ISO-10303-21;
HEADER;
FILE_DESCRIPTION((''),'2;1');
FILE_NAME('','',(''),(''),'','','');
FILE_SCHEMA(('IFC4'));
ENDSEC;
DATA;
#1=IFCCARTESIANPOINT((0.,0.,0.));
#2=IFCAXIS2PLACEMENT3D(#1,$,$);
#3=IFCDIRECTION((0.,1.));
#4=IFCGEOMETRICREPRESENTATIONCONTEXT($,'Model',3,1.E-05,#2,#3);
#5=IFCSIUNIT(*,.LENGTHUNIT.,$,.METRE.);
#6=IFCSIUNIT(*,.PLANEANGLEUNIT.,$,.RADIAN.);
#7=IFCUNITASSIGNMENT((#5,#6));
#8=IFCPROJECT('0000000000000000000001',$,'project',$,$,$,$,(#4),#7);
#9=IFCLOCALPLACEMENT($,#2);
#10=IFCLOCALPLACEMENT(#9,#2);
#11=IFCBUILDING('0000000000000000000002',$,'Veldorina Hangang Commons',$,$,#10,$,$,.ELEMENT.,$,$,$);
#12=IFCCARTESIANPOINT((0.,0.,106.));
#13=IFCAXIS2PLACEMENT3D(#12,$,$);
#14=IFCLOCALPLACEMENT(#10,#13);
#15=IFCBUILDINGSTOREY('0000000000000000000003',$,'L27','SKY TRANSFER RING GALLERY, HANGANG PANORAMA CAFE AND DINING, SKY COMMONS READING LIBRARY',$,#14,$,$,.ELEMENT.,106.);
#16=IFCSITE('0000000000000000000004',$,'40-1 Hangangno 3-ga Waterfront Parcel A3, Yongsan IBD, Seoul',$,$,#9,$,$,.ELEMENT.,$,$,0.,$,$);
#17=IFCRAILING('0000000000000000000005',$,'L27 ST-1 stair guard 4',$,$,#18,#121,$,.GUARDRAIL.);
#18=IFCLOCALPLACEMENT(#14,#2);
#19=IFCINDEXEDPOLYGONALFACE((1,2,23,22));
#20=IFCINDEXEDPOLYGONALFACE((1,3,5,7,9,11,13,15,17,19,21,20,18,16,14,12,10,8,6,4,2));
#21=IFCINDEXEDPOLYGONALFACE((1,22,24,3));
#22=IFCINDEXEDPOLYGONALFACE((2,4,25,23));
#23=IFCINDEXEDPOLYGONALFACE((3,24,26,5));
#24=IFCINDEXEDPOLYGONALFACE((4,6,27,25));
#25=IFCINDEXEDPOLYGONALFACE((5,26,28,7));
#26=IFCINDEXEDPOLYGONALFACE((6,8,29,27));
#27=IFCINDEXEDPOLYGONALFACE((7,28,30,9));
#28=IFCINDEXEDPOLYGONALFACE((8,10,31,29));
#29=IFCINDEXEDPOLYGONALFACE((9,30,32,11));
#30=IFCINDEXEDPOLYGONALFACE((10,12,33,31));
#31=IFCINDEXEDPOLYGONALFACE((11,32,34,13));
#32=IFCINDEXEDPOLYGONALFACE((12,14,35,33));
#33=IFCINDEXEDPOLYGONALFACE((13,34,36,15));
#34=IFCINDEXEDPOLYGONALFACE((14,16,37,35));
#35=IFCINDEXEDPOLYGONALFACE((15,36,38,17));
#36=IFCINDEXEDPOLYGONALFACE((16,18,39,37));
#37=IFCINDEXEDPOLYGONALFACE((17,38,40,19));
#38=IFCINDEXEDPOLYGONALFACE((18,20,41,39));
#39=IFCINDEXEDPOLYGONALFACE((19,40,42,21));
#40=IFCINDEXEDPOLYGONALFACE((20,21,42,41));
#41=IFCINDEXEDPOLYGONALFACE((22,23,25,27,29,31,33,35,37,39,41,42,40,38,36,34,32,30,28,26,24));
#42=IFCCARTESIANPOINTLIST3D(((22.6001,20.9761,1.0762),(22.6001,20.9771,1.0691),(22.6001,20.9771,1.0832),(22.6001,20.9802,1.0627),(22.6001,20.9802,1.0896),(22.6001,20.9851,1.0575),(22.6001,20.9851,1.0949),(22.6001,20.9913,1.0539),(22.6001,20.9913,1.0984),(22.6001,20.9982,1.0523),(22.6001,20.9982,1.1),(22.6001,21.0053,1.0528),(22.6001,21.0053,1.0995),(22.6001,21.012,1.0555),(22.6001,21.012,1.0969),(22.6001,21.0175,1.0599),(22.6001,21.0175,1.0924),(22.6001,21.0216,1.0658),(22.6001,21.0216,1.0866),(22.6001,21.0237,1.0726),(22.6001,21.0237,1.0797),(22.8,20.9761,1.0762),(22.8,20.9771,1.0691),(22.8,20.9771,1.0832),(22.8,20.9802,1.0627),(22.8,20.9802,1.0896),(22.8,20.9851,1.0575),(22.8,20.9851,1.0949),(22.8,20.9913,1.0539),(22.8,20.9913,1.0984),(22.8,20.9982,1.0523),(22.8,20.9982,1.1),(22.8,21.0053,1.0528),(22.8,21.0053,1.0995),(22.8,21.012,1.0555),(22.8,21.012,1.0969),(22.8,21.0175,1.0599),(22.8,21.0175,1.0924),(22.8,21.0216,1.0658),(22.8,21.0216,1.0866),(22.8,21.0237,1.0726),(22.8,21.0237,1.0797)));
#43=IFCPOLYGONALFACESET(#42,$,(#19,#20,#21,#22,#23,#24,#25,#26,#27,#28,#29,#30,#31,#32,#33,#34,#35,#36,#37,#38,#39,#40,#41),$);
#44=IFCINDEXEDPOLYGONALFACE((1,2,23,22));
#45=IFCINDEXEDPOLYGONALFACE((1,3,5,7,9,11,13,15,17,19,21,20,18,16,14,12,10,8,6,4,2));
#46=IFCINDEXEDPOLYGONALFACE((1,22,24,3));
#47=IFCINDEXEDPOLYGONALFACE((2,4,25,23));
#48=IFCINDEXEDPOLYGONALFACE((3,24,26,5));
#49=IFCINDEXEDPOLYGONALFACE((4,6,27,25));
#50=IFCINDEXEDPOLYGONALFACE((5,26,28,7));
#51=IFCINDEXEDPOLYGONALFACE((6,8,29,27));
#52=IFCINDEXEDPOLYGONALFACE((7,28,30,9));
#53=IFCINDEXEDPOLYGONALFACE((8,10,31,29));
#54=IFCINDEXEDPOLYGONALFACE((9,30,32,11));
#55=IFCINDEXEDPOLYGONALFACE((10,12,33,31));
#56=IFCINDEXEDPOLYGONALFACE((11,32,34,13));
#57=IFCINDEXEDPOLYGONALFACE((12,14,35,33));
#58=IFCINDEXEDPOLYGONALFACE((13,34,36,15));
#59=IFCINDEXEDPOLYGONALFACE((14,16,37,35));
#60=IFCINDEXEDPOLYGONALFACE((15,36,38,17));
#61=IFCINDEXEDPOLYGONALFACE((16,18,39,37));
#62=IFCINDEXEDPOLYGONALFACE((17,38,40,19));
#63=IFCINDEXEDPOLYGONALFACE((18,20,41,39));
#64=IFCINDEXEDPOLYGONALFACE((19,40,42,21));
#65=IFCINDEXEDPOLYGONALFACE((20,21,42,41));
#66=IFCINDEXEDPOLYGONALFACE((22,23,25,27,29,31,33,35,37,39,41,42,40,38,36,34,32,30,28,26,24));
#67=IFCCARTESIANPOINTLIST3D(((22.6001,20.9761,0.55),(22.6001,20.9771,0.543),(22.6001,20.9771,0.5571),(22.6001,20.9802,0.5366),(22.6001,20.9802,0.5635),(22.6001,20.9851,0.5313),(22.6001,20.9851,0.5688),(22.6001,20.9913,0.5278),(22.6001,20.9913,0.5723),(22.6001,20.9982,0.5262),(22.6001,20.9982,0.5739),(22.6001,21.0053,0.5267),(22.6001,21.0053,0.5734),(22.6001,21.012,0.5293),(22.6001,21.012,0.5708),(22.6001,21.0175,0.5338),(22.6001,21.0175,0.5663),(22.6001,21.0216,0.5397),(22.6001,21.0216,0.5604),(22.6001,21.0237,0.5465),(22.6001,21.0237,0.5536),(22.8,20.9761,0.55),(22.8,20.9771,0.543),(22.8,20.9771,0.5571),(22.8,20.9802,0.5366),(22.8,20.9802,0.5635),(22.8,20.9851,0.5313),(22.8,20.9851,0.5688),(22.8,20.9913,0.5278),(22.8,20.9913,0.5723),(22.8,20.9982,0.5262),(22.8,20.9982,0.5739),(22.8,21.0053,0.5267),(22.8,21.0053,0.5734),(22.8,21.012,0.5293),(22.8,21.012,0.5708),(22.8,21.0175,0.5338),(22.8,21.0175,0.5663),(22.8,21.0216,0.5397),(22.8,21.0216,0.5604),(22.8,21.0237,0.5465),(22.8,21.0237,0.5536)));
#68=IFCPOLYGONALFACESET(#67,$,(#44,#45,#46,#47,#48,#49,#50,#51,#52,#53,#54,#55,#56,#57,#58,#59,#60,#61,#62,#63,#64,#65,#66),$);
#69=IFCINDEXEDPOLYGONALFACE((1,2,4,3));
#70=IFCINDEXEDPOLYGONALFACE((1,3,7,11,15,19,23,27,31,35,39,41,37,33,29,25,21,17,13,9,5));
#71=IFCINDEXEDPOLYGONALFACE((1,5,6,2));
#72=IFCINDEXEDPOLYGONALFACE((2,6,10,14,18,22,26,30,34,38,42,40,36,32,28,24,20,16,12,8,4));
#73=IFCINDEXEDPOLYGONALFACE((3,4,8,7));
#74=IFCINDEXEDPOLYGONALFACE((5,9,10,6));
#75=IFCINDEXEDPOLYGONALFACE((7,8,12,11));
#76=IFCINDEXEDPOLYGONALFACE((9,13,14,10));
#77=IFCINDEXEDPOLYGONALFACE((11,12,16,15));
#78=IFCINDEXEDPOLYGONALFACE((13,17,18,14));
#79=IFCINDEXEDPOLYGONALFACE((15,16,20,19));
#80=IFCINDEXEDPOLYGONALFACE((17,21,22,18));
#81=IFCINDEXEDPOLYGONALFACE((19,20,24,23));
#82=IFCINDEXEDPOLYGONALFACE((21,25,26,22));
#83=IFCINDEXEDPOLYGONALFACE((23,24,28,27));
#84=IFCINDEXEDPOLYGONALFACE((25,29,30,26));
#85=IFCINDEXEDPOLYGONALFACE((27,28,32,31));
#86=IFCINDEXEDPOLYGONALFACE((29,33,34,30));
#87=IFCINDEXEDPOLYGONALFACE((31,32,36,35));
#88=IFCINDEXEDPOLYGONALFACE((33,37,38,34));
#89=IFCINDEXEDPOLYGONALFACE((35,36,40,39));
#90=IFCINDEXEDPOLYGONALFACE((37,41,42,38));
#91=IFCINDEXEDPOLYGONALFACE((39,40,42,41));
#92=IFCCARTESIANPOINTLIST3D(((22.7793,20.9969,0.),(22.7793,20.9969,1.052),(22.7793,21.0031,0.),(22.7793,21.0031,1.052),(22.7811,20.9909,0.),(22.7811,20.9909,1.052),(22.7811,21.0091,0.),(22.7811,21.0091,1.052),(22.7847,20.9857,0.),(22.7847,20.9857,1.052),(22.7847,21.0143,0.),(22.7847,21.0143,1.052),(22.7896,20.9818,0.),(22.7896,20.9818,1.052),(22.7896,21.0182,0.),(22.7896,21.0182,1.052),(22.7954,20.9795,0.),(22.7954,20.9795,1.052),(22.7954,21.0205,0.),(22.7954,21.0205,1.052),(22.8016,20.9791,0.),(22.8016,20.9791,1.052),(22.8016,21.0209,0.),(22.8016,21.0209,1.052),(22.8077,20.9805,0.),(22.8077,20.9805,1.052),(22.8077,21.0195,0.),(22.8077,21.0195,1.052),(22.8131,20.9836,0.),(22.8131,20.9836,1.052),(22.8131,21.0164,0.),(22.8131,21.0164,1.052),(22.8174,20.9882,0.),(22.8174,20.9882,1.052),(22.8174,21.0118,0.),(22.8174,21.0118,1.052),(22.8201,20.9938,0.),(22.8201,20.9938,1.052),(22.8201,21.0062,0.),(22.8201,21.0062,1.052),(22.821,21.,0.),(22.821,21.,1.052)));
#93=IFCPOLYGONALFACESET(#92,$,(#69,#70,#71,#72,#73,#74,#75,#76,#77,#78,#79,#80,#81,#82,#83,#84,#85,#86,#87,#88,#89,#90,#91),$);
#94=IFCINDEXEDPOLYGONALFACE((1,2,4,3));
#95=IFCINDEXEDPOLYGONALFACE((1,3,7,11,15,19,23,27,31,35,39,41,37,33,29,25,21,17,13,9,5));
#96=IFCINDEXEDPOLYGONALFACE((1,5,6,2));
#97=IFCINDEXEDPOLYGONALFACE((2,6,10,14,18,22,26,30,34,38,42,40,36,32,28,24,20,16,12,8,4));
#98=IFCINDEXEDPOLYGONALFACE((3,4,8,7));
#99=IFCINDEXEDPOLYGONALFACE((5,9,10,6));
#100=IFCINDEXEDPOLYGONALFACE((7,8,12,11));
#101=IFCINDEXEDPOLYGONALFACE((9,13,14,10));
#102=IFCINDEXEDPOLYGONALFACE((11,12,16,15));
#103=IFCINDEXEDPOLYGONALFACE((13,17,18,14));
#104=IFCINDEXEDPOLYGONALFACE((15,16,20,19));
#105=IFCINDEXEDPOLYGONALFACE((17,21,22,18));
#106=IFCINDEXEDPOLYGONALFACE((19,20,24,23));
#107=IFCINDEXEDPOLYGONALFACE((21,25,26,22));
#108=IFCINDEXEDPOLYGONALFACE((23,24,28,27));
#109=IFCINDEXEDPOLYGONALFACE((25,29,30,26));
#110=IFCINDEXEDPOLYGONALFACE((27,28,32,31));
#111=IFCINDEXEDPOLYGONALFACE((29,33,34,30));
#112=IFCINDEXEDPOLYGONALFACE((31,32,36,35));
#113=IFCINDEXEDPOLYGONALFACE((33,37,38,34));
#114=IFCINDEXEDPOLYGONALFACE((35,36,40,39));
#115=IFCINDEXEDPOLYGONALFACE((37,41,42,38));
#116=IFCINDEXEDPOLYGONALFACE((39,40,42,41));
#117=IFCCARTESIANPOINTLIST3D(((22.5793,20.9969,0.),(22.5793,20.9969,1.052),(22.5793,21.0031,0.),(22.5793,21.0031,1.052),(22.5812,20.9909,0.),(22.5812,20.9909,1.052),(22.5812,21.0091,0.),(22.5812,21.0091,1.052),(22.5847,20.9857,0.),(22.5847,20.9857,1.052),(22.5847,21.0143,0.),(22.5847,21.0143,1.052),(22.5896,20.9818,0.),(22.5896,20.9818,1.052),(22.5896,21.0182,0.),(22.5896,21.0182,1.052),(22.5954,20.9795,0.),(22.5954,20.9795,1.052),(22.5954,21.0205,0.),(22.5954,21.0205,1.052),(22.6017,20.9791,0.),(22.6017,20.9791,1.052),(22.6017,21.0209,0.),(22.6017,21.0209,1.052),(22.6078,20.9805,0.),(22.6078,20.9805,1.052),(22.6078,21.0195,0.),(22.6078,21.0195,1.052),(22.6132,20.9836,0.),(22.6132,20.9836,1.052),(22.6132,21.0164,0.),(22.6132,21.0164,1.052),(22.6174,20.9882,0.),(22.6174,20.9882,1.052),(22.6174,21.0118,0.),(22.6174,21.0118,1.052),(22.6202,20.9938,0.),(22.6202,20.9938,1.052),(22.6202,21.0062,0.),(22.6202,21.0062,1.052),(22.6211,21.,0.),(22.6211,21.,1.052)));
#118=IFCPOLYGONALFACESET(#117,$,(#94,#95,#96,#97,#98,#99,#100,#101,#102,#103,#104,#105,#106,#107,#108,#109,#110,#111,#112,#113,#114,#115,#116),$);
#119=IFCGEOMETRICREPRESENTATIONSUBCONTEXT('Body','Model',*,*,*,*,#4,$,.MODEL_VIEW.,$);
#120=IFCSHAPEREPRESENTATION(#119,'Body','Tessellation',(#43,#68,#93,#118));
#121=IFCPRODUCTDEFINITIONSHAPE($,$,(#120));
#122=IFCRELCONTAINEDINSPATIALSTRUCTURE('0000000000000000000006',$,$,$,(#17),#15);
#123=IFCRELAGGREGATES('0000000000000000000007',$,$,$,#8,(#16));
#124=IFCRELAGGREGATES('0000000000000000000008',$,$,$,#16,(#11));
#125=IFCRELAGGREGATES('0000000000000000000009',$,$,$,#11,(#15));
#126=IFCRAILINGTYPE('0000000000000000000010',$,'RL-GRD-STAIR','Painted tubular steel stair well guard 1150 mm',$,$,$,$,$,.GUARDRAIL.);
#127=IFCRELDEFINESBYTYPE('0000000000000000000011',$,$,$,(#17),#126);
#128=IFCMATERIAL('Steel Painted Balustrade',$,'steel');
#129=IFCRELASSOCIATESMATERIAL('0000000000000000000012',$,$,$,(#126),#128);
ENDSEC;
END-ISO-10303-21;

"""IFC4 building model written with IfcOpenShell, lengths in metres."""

from ifc_helpers import new_model, si_unit, direction, frame, origin, origin_2d, place, context, subcontext, project, spatial, circle, extrude, material, type_object, element, save


model = new_model("IFC4")

# Units and contexts
model_context = context("Model", 3, precision=1e-05, world=origin(), true_north=direction((0.0, 1.0)))
body_context = subcontext(model_context, "Body", "Model", "MODEL_VIEW")
ifc_project = project(units=[si_unit("LENGTHUNIT", "METRE"), si_unit("PLANEANGLEUNIT", "RADIAN")], contexts=[model_context])

# Site, building, storey
site_placement = place(None, origin())
site = spatial("IfcSite", under=ifc_project, at=site_placement, Name="40-1 Hangangno 3-ga Waterfront Parcel A3, Yongsan IBD, Seoul", CompositionType="ELEMENT", RefElevation=0.0)
building_placement = place(site_placement, origin())
building = spatial("IfcBuilding", under=site, at=building_placement, Name="Veldorina Hangang Commons", CompositionType="ELEMENT")
storey_placement = place(building_placement, frame((0.0, 0.0, 106.0)))
storey = spatial("IfcBuildingStorey", under=building, at=storey_placement, Name="L27", Description="SKY TRANSFER RING GALLERY, HANGANG PANORAMA CAFE AND DINING, SKY COMMONS READING LIBRARY", CompositionType="ELEMENT", Elevation=106.0)

# Railing
ifc_material_1 = material(Name="Steel Painted Balustrade", Category="steel")
railing_type_1 = type_object("IfcRailingType", Name="RL-GRD-STAIR", Description="Painted tubular steel stair well guard 1150 mm", PredefinedType="GUARDRAIL", material=ifc_material_1)
railing_1_placement = place(storey_placement, frame((22.8, 21.0, 0.0)))
element("IfcRailing", 1, at=railing_1_placement, inside=storey, type_object=railing_type_1, Name="L27 ST-1 stair guard 4", PredefinedType="GUARDRAIL", context=body_context, shape_type="SweptSolid", body=[
    extrude(circle(Radius=0.0239, at=origin_2d()), frame((0.0, 0.0, 1.0762), z_axis=(-1.0, 0.0, 0.0), x_axis=(0.0, -1.0, 0.0)), (0.0, 0.0, 1.0), 0.2),
    extrude(circle(Radius=0.0239, at=origin_2d()), frame((0.0, 0.0, 0.55), z_axis=(-1.0, 0.0, 0.0), x_axis=(0.0, -1.0, 0.0)), (0.0, 0.0, 1.0), 0.2),
    extrude(circle(Radius=0.021, at=origin_2d()), origin(), (0.0, 0.0, 1.0), 1.052),
    extrude(circle(Radius=0.021, at=origin_2d()), frame((-0.2, 0.0, 0.0)), (0.0, 0.0, 1.0), 1.052),
])

save(model, "model.ifc")
